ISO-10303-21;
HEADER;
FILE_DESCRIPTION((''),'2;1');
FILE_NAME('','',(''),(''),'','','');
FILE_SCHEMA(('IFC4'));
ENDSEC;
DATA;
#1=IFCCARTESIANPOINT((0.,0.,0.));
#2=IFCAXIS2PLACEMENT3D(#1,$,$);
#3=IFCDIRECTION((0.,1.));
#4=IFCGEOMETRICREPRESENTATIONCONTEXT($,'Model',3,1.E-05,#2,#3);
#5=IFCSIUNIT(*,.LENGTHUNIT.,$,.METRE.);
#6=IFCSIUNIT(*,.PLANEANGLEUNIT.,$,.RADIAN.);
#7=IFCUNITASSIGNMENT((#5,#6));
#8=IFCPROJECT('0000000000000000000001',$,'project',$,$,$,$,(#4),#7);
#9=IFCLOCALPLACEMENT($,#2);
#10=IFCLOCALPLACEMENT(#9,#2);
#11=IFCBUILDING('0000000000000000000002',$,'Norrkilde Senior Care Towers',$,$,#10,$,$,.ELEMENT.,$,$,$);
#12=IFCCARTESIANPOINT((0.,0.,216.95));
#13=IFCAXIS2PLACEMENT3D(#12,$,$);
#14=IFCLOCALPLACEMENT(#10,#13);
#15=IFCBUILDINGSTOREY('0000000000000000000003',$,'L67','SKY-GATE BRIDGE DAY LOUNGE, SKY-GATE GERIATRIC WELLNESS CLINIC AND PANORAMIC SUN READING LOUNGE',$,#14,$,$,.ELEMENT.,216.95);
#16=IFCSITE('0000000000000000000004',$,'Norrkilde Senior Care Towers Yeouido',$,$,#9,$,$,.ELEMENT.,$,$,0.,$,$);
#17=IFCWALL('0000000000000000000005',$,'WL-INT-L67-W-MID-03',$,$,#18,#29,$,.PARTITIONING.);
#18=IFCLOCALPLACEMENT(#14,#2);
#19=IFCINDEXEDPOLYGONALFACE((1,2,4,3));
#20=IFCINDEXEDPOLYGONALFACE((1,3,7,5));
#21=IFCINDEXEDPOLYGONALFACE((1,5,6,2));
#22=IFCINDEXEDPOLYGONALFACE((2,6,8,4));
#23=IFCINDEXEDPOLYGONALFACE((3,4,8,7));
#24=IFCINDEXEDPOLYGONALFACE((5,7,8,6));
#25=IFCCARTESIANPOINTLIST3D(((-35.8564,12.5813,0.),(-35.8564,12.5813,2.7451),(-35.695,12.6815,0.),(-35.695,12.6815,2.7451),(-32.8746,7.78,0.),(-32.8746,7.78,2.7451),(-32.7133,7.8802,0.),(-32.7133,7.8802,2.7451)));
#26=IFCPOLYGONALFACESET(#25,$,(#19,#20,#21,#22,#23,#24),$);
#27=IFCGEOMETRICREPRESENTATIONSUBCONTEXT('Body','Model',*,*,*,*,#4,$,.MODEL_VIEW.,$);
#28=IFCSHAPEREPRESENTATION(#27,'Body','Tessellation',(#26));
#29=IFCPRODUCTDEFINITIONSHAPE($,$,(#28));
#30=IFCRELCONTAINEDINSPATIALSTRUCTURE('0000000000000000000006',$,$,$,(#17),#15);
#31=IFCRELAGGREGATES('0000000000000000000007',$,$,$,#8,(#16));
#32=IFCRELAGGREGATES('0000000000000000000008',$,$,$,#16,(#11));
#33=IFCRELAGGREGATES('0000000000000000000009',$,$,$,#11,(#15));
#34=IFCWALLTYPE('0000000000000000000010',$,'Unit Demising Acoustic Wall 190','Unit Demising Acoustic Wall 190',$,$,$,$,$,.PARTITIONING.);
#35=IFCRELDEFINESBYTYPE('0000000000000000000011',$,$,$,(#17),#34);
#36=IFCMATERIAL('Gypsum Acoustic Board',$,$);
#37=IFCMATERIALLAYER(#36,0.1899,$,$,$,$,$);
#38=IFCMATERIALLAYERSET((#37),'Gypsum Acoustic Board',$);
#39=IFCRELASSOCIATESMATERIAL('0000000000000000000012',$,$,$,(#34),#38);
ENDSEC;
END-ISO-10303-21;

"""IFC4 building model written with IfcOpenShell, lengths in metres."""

from ifc_helpers import new_model, si_unit, direction, frame, frame_2d, origin, place, context, subcontext, project, spatial, rectangle, extrude, source, transform, mapped, material, layer, layer_set, type_object, type_shapes, element, save


model = new_model("IFC4")

# Units and contexts
model_context = context("Model", 3, precision=1e-05, world=origin(), true_north=direction((0.0, 1.0)))
body_context = subcontext(model_context, "Body", "Model", "MODEL_VIEW")
ifc_project = project(units=[si_unit("LENGTHUNIT", "METRE"), si_unit("PLANEANGLEUNIT", "RADIAN")], contexts=[model_context])

# Site, building, storey
site_placement = place(None, origin())
site = spatial("IfcSite", under=ifc_project, at=site_placement, Name="Norrkilde Senior Care Towers Yeouido", CompositionType="ELEMENT", RefElevation=0.0)
building_placement = place(site_placement, origin())
building = spatial("IfcBuilding", under=site, at=building_placement, Name="Norrkilde Senior Care Towers", CompositionType="ELEMENT")
storey_placement = place(building_placement, frame((0.0, 0.0, 216.95)))
storey = spatial("IfcBuildingStorey", under=building, at=storey_placement, Name="L67", Description="SKY-GATE BRIDGE DAY LOUNGE, SKY-GATE GERIATRIC WELLNESS CLINIC AND PANORAMIC SUN READING LOUNGE", CompositionType="ELEMENT", Elevation=216.95)

# Shared definitions
ifc_material_1 = material(Name="Gypsum Acoustic Board")

# Wall
ifc_layer_1 = layer(ifc_material_1, 0.1899)
ifc_layer_set_1 = layer_set([ifc_layer_1], Name="Gypsum Acoustic Board")
wall_type_1 = type_object("IfcWallType", Name="Unit Demising Acoustic Wall 190", Description="Unit Demising Acoustic Wall 190", PredefinedType="PARTITIONING", material=ifc_layer_set_1)
shared_shape_1 = source(origin(), body_context, "Body", "SweptSolid", [
    extrude(rectangle(XDim=5.6519, YDim=0.1899, at=frame_2d((2.8259, 0.0))), origin(), (0.0, 0.0, 1.0), 2.7451),
])
type_shapes(wall_type_1, [shared_shape_1])
wall_1_placement = place(storey_placement, frame((-32.7939, 7.8301, 0.0), z_axis=(0.0, 0.0, 1.0), x_axis=(-0.527566, 0.849514, 0.0)))
element("IfcWall", 1, at=wall_1_placement, inside=storey, type_object=wall_type_1, Name="WL-INT-L67-W-MID-03", PredefinedType="PARTITIONING", context=body_context, shape_type="MappedRepresentation", body=[
    mapped(shared_shape_1, transform((0.0, 0.0, 0.0), x_axis=(1.0, 0.0, 0.0), y_axis=(0.0, 1.0, 0.0), z_axis=(0.0, 0.0, 1.0), scale=1.0)),
])

save(model, "model.ifc")
